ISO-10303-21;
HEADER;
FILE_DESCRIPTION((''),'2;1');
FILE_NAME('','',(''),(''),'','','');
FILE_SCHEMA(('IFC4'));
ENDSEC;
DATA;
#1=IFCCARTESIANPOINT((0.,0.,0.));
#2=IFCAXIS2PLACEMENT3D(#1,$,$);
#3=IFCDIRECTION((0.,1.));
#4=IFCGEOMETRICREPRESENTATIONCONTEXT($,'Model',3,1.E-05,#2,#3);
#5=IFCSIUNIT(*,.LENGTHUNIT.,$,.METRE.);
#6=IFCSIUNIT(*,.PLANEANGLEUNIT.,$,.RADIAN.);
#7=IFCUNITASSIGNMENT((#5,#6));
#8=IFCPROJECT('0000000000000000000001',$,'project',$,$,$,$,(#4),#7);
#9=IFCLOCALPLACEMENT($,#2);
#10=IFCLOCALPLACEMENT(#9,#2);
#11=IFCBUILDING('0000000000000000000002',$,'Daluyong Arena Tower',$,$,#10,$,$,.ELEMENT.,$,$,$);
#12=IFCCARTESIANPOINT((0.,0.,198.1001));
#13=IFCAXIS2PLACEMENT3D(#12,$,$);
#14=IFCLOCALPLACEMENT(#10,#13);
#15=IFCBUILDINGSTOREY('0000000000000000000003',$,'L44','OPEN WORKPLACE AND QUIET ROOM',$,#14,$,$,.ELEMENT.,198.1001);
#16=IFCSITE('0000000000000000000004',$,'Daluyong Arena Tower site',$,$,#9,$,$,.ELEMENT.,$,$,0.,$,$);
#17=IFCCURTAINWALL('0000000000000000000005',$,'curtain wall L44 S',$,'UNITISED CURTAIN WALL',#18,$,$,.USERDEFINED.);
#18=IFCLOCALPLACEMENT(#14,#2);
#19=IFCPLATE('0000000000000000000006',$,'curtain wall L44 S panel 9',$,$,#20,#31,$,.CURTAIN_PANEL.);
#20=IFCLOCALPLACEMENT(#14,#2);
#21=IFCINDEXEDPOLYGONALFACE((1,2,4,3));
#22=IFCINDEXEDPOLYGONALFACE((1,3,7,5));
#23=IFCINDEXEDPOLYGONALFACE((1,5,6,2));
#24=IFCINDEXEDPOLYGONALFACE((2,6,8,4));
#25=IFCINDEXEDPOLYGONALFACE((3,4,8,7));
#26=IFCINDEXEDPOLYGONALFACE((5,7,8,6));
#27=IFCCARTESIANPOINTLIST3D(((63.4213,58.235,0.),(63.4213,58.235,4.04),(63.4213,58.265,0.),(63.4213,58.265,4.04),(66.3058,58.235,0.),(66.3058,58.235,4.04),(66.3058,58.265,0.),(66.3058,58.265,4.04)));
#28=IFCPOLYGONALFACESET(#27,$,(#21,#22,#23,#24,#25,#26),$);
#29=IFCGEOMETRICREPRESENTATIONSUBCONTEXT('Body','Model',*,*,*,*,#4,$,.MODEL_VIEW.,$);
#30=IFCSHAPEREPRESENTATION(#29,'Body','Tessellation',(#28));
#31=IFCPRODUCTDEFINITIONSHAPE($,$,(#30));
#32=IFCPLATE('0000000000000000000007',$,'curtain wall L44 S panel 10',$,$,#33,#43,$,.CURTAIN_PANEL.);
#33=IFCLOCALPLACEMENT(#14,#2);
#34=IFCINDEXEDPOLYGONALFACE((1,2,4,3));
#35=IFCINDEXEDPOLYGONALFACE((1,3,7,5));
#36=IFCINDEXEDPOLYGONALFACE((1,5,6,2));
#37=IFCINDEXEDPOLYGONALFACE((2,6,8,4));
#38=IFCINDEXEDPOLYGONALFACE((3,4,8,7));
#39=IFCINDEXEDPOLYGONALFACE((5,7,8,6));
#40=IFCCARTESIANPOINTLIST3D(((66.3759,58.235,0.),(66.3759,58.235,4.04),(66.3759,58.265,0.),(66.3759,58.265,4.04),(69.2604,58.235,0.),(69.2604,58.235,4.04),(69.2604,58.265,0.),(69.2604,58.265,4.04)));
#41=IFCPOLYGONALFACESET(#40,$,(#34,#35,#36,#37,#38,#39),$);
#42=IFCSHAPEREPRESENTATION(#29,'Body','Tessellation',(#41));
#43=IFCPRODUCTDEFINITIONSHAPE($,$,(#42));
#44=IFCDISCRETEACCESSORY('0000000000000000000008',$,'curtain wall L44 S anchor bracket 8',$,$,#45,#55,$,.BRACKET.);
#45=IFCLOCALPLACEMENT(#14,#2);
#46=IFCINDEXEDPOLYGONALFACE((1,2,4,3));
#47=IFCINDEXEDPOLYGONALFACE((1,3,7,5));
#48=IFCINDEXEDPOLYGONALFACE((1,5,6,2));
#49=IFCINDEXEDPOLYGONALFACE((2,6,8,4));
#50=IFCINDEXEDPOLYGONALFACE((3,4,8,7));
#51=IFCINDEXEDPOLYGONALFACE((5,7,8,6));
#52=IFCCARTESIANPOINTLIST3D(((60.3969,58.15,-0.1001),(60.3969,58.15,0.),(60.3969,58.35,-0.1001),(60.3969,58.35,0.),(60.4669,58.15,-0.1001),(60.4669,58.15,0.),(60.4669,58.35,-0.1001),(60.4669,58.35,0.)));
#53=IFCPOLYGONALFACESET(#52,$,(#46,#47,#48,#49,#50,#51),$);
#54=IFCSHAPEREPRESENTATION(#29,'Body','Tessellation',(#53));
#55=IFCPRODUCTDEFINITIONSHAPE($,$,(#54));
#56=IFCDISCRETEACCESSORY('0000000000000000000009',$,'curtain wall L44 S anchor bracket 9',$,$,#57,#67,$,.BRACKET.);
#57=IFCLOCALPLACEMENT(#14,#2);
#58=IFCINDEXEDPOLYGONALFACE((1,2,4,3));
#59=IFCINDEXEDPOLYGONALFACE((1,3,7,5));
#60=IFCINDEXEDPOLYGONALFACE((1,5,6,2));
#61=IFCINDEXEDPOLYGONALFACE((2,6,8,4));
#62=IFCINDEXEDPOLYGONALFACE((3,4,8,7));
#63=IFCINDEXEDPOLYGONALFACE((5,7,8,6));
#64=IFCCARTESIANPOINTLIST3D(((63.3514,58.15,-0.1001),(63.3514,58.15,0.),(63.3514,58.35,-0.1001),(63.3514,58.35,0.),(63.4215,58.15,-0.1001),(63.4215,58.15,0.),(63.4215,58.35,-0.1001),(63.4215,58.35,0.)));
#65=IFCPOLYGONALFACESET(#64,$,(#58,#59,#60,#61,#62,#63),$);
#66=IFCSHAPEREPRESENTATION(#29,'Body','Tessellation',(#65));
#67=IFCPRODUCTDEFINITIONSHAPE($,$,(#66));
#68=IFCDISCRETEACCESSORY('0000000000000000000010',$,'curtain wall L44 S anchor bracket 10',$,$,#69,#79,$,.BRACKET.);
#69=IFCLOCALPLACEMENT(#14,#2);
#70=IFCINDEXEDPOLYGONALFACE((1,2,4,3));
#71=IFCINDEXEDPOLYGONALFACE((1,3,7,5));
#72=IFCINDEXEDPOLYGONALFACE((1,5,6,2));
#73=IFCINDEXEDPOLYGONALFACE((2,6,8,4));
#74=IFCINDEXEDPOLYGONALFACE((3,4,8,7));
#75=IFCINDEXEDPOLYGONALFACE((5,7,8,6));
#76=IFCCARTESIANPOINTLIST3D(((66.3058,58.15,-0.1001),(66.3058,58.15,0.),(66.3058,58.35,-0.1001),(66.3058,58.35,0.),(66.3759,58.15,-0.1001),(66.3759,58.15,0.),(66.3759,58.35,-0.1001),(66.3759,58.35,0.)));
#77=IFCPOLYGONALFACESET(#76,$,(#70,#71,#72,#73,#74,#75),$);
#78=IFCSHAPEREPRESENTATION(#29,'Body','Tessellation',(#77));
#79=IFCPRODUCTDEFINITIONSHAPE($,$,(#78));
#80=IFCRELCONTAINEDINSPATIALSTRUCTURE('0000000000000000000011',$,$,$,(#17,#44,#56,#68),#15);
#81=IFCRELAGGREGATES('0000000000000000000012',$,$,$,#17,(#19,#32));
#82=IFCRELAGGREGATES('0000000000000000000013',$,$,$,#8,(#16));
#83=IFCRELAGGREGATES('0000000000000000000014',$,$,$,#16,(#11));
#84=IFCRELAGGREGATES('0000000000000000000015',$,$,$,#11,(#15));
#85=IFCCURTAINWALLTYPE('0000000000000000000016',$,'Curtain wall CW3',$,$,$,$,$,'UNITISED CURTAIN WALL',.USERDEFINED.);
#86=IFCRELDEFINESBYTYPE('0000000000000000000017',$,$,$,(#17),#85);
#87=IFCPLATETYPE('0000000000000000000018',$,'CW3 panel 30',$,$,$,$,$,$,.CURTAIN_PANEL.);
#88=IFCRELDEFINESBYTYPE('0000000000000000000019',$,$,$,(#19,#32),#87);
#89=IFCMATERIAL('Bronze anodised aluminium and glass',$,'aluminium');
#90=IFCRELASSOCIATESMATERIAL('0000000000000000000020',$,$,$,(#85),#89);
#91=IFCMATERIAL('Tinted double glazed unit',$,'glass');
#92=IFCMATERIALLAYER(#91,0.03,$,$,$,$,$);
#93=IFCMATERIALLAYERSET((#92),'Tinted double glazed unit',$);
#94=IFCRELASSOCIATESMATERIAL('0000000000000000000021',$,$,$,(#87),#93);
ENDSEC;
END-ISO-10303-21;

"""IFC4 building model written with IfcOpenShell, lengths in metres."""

from ifc_helpers import new_model, si_unit, direction, frame, origin, origin_2d, place, context, subcontext, project, spatial, rectangle, extrude, material, layer, layer_set, type_object, element, aggregate, save


model = new_model("IFC4")

# Units and contexts
model_context = context("Model", 3, precision=1e-05, world=origin(), true_north=direction((0.0, 1.0)))
body_context = subcontext(model_context, "Body", "Model", "MODEL_VIEW")
ifc_project = project(units=[si_unit("LENGTHUNIT", "METRE"), si_unit("PLANEANGLEUNIT", "RADIAN")], contexts=[model_context])

# Site, building, storey
site_placement = place(None, origin())
site = spatial("IfcSite", under=ifc_project, at=site_placement, Name="Daluyong Arena Tower site", CompositionType="ELEMENT", RefElevation=0.0)
building_placement = place(site_placement, origin())
building = spatial("IfcBuilding", under=site, at=building_placement, Name="Daluyong Arena Tower", CompositionType="ELEMENT")
storey_placement = place(building_placement, frame((0.0, 0.0, 198.1001)))
storey = spatial("IfcBuildingStorey", under=building, at=storey_placement, Name="L44", Description="OPEN WORKPLACE AND QUIET ROOM", CompositionType="ELEMENT", Elevation=198.1001)

# Curtain wall
ifc_material_1 = material(Name="Bronze anodised aluminium and glass", Category="aluminium")
curtain_wall_type = type_object("IfcCurtainWallType", Name="Curtain wall CW3", ElementType="UNITISED CURTAIN WALL", PredefinedType="USERDEFINED", material=ifc_material_1)
curtain_wall_placement = place(storey_placement, origin())
curtain_wall = element("IfcCurtainWall", 1, at=curtain_wall_placement, inside=storey, type_object=curtain_wall_type, Name="curtain wall L44 S", ObjectType="UNITISED CURTAIN WALL", PredefinedType="USERDEFINED")

# Plates
ifc_material_2 = material(Name="Tinted double glazed unit", Category="glass")
ifc_layer = layer(ifc_material_2, 0.03)
ifc_layer_set = layer_set([ifc_layer], Name="Tinted double glazed unit")
plate_type = type_object("IfcPlateType", Name="CW3 panel 30", PredefinedType="CURTAIN_PANEL", material=ifc_layer_set)
plate_1_placement = place(storey_placement, frame((64.8635, 58.25, 0.0), z_axis=(0.0, 0.0, 1.0), x_axis=(1.0, 0.0, 0.0)))
plate_1 = element("IfcPlate", 2, at=plate_1_placement, type_object=plate_type, Name="curtain wall L44 S panel 9", PredefinedType="CURTAIN_PANEL", context=body_context, shape_type="SweptSolid", body=[
    extrude(rectangle(XDim=2.8845, YDim=0.03, at=origin_2d()), origin(), (0.0, 0.0, 1.0), 4.04),
])
plate_2_placement = place(storey_placement, frame((67.8181, 58.25, 0.0), z_axis=(0.0, 0.0, 1.0), x_axis=(1.0, 0.0, 0.0)))
plate_2 = element("IfcPlate", 3, at=plate_2_placement, type_object=plate_type, Name="curtain wall L44 S panel 10", PredefinedType="CURTAIN_PANEL", context=body_context, shape_type="SweptSolid", body=[
    extrude(rectangle(XDim=2.8845, YDim=0.03, at=origin_2d()), origin(), (0.0, 0.0, 1.0), 4.04),
])
aggregate(curtain_wall, [plate_1, plate_2])

# Discrete accessories
for number, where, z_axis, x_axis, name in (
    (4, (60.4319, 58.25, -0.1001), (0.0, 0.0, 1.0), (1.0, 0.0, 0.0), "curtain wall L44 S anchor bracket 8"),
    (5, (63.3865, 58.25, -0.1001), (0.0, 0.0, 1.0), (1.0, 0.0, 0.0), "curtain wall L44 S anchor bracket 9"),
    (6, (66.3408, 58.25, -0.1001), (0.0, 0.0, 1.0), (1.0, 0.0, 0.0), "curtain wall L44 S anchor bracket 10"),
):
    element("IfcDiscreteAccessory", number, at=place(storey_placement, frame(where, z_axis=z_axis, x_axis=x_axis)), inside=storey, Name=name, PredefinedType="BRACKET", context=body_context, shape_type="SweptSolid", body=[
        extrude(rectangle(XDim=0.0701, YDim=0.2, at=origin_2d()), origin(), (0.0, 0.0, 1.0), 0.1001),
    ])

save(model, "model.ifc")
